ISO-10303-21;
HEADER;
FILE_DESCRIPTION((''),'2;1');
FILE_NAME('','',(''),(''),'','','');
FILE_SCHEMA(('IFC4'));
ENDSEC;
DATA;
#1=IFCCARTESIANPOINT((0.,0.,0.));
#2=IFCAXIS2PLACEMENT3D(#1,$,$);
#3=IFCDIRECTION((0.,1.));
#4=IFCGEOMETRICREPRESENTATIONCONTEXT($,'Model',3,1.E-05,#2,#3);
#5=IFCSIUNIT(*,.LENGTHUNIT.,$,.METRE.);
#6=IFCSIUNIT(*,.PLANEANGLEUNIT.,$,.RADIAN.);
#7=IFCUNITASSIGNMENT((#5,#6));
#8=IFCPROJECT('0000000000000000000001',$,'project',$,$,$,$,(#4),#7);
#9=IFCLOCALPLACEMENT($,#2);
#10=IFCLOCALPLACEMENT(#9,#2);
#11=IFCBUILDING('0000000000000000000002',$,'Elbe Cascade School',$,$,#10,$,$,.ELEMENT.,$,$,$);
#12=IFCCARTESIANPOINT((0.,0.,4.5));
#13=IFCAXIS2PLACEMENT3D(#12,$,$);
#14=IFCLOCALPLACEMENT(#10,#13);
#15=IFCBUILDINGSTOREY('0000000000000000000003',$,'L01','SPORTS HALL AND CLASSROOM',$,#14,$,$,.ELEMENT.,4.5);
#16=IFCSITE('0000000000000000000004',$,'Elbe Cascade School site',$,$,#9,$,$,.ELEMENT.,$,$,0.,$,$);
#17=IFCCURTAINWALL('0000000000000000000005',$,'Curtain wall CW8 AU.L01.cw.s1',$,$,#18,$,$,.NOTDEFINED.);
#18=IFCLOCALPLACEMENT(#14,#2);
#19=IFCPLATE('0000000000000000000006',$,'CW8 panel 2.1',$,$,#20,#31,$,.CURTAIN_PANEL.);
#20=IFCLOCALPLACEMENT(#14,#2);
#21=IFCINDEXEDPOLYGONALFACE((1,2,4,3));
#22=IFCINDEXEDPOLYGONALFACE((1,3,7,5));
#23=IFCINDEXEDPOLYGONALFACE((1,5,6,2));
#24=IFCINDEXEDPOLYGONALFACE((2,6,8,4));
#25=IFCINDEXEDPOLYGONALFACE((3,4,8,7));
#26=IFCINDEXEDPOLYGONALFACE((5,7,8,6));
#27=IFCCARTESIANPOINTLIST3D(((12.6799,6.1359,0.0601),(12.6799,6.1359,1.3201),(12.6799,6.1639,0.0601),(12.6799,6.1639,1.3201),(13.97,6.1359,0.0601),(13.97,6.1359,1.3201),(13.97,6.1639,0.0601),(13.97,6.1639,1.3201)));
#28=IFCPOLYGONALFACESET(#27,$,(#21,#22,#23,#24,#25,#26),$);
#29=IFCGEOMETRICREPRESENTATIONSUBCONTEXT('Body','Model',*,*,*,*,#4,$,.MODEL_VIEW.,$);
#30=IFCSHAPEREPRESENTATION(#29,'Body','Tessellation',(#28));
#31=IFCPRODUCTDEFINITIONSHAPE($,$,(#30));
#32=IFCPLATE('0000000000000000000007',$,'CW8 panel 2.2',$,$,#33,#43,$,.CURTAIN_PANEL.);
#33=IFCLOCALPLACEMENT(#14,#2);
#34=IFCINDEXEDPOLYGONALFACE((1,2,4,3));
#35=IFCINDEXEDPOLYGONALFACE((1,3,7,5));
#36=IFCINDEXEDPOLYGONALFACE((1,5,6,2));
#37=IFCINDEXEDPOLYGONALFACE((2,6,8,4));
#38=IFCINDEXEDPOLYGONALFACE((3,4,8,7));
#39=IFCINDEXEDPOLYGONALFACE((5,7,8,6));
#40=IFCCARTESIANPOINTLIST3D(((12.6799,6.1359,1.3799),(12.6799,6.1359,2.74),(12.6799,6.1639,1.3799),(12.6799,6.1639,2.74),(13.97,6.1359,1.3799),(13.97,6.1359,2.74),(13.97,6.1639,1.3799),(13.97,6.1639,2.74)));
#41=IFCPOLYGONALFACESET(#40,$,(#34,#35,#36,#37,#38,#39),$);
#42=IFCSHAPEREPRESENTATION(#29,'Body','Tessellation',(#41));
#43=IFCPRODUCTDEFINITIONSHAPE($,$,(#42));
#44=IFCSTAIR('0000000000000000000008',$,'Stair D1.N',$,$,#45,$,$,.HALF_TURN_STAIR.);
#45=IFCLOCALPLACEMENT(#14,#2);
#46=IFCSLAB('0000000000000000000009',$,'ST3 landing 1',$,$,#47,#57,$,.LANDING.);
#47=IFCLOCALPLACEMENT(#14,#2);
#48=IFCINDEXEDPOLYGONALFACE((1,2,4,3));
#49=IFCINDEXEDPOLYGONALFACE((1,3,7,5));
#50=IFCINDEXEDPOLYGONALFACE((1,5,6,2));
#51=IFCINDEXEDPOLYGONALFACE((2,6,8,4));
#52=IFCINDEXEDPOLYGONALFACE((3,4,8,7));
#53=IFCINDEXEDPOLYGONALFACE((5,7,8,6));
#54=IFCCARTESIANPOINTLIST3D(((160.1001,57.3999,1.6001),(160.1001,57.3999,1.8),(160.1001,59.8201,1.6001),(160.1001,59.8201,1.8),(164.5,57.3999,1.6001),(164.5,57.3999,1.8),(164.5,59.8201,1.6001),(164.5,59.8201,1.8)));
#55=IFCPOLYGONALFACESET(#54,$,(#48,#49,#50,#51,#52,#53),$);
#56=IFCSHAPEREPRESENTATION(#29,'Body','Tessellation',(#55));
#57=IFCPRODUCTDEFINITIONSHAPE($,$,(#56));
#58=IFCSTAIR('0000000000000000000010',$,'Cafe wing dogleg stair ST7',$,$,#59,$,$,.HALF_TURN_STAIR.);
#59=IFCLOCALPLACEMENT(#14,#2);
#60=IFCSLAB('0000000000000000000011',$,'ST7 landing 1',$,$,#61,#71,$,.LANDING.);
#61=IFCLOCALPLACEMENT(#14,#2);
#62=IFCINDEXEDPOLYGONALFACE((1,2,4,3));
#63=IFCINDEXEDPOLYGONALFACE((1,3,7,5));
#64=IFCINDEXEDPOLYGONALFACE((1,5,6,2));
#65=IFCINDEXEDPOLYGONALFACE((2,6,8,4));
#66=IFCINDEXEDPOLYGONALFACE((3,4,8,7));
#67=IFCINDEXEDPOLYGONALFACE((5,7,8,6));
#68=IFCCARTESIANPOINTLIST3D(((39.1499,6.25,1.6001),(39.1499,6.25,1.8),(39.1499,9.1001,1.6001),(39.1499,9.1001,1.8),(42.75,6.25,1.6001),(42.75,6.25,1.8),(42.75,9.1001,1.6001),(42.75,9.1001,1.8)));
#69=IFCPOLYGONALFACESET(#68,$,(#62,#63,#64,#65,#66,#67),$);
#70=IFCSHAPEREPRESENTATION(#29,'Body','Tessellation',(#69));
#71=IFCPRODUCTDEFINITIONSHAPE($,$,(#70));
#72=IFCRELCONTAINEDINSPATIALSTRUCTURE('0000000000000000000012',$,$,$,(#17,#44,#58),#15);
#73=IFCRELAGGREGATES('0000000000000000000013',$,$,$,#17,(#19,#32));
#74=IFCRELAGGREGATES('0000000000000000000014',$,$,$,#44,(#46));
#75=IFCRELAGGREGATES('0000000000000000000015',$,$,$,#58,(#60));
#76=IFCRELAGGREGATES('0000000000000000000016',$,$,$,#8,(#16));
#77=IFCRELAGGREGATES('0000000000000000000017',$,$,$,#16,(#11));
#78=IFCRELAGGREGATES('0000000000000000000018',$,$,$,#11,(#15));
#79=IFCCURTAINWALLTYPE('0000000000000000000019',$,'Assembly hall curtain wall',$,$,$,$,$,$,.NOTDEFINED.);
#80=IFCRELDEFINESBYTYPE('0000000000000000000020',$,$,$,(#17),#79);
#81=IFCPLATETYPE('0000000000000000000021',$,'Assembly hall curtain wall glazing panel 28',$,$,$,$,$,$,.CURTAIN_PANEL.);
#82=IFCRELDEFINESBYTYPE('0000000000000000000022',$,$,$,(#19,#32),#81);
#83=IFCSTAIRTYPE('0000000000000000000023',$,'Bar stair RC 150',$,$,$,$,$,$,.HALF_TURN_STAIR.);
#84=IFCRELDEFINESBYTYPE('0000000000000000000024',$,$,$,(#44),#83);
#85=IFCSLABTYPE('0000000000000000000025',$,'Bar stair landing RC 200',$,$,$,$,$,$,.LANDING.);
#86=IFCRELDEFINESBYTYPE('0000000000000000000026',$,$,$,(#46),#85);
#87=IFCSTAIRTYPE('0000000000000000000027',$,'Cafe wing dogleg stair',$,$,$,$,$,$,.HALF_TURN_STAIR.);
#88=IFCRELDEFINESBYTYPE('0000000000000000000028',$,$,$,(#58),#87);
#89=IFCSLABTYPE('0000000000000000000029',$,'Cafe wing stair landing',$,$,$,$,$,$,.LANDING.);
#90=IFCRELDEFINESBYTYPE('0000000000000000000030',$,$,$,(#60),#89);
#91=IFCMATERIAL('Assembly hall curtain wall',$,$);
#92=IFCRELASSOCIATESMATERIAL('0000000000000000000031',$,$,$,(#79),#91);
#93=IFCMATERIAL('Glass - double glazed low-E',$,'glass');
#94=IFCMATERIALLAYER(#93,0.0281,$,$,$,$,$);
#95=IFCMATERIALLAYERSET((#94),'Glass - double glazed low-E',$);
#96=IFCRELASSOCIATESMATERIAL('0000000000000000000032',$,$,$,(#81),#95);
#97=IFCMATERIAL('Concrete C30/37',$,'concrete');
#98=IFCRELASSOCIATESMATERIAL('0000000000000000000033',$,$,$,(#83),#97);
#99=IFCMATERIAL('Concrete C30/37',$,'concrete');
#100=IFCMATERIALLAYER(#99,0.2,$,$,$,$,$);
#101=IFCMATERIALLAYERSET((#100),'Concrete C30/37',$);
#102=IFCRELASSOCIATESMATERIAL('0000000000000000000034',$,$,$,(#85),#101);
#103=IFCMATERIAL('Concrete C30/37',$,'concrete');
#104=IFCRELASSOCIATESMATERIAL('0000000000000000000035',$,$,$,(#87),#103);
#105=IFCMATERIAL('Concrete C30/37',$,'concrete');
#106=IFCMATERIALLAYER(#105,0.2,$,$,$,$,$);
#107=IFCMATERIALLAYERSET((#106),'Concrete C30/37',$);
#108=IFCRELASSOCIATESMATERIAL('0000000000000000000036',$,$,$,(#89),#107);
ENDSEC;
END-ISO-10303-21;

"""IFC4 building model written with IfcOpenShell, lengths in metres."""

from ifc_helpers import new_model, si_unit, direction, frame, origin, origin_2d, place, context, subcontext, project, spatial, polyline, rectangle, outline, extrude, material, layer, layer_set, type_object, element, aggregate, save


model = new_model("IFC4")

# Units and contexts
model_context = context("Model", 3, precision=1e-05, world=origin(), true_north=direction((0.0, 1.0)))
body_context = subcontext(model_context, "Body", "Model", "MODEL_VIEW")
ifc_project = project(units=[si_unit("LENGTHUNIT", "METRE"), si_unit("PLANEANGLEUNIT", "RADIAN")], contexts=[model_context])

# Site, building, storey
site_placement = place(None, origin())
site = spatial("IfcSite", under=ifc_project, at=site_placement, Name="Elbe Cascade School site", CompositionType="ELEMENT", RefElevation=0.0)
building_placement = place(site_placement, origin())
building = spatial("IfcBuilding", under=site, at=building_placement, Name="Elbe Cascade School", CompositionType="ELEMENT")
storey_placement = place(building_placement, frame((0.0, 0.0, 4.5)))
storey = spatial("IfcBuildingStorey", under=building, at=storey_placement, Name="L01", Description="SPORTS HALL AND CLASSROOM", CompositionType="ELEMENT", Elevation=4.5)

# Curtain wall, plates
ifc_material_1 = material(Name="Assembly hall curtain wall")
curtain_wall_type = type_object("IfcCurtainWallType", Name="Assembly hall curtain wall", PredefinedType="NOTDEFINED", material=ifc_material_1)
curtain_wall_placement = place(storey_placement, origin())
curtain_wall = element("IfcCurtainWall", 1, at=curtain_wall_placement, inside=storey, type_object=curtain_wall_type, Name="Curtain wall CW8 AU.L01.cw.s1", PredefinedType="NOTDEFINED")
ifc_material_2 = material(Name="Glass - double glazed low-E", Category="glass")
ifc_layer_1 = layer(ifc_material_2, 0.0281)
ifc_layer_set_1 = layer_set([ifc_layer_1], Name="Glass - double glazed low-E")
plate_type = type_object("IfcPlateType", Name="Assembly hall curtain wall glazing panel 28", PredefinedType="CURTAIN_PANEL", material=ifc_layer_set_1)
plate_1_placement = place(storey_placement, frame((13.325, 6.1499, 0.0601), z_axis=(0.0, 0.0, 1.0), x_axis=(1.0, 0.0, 0.0)))
plate_1 = element("IfcPlate", 2, at=plate_1_placement, type_object=plate_type, Name="CW8 panel 2.1", PredefinedType="CURTAIN_PANEL", context=body_context, shape_type="SweptSolid", body=[
    extrude(rectangle(XDim=1.29, YDim=0.0281, at=origin_2d()), origin(), (0.0, 0.0, 1.0), 1.26),
])
plate_2_placement = place(storey_placement, frame((13.325, 6.1499, 1.3799), z_axis=(0.0, 0.0, 1.0), x_axis=(1.0, 0.0, 0.0)))
plate_2 = element("IfcPlate", 3, at=plate_2_placement, type_object=plate_type, Name="CW8 panel 2.2", PredefinedType="CURTAIN_PANEL", context=body_context, shape_type="SweptSolid", body=[
    extrude(rectangle(XDim=1.29, YDim=0.0281, at=origin_2d()), origin(), (0.0, 0.0, 1.0), 1.3601),
])
aggregate(curtain_wall, [plate_1, plate_2])

# Stairs, slabs
ifc_material_3 = material(Name="Concrete C30/37", Category="concrete")
stair_type_1 = type_object("IfcStairType", Name="Bar stair RC 150", PredefinedType="HALF_TURN_STAIR", material=ifc_material_3)
stair_1_placement = place(storey_placement, origin())
stair_1 = element("IfcStair", 4, at=stair_1_placement, inside=storey, type_object=stair_type_1, Name="Stair D1.N", PredefinedType="HALF_TURN_STAIR")
ifc_material_4 = material(Name="Concrete C30/37", Category="concrete")
ifc_layer_2 = layer(ifc_material_4, 0.2)
ifc_layer_set_2 = layer_set([ifc_layer_2], Name="Concrete C30/37")
slab_type_1 = type_object("IfcSlabType", Name="Bar stair landing RC 200", PredefinedType="LANDING", material=ifc_layer_set_2)
slab_1_placement = place(storey_placement, frame((0.0, 0.0, 1.6001)))
slab_1 = element("IfcSlab", 5, at=slab_1_placement, type_object=slab_type_1, Name="ST3 landing 1", PredefinedType="LANDING", context=body_context, shape_type="SweptSolid", body=[
    extrude(outline(polyline([(160.1001, 57.3999), (164.5, 57.3999), (164.5, 59.8201), (160.1001, 59.8201), (160.1001, 57.3999)])), origin(), (0.0, 0.0, 1.0), 0.2),
])
aggregate(stair_1, [slab_1])
ifc_material_5 = material(Name="Concrete C30/37", Category="concrete")
stair_type_2 = type_object("IfcStairType", Name="Cafe wing dogleg stair", PredefinedType="HALF_TURN_STAIR", material=ifc_material_5)
stair_2_placement = place(storey_placement, origin())
stair_2 = element("IfcStair", 6, at=stair_2_placement, inside=storey, type_object=stair_type_2, Name="Cafe wing dogleg stair ST7", PredefinedType="HALF_TURN_STAIR")
ifc_material_6 = material(Name="Concrete C30/37", Category="concrete")
ifc_layer_3 = layer(ifc_material_6, 0.2)
ifc_layer_set_3 = layer_set([ifc_layer_3], Name="Concrete C30/37")
slab_type_2 = type_object("IfcSlabType", Name="Cafe wing stair landing", PredefinedType="LANDING", material=ifc_layer_set_3)
slab_2_placement = place(storey_placement, frame((0.0, 0.0, 1.6001)))
slab_2 = element("IfcSlab", 7, at=slab_2_placement, type_object=slab_type_2, Name="ST7 landing 1", PredefinedType="LANDING", context=body_context, shape_type="SweptSolid", body=[
    extrude(outline(polyline([(39.1499, 6.25), (42.75, 6.25), (42.75, 9.1001), (39.1499, 9.1001), (39.1499, 6.25)])), origin(), (0.0, 0.0, 1.0), 0.2),
])
aggregate(stair_2, [slab_2])

save(model, "model.ifc")
